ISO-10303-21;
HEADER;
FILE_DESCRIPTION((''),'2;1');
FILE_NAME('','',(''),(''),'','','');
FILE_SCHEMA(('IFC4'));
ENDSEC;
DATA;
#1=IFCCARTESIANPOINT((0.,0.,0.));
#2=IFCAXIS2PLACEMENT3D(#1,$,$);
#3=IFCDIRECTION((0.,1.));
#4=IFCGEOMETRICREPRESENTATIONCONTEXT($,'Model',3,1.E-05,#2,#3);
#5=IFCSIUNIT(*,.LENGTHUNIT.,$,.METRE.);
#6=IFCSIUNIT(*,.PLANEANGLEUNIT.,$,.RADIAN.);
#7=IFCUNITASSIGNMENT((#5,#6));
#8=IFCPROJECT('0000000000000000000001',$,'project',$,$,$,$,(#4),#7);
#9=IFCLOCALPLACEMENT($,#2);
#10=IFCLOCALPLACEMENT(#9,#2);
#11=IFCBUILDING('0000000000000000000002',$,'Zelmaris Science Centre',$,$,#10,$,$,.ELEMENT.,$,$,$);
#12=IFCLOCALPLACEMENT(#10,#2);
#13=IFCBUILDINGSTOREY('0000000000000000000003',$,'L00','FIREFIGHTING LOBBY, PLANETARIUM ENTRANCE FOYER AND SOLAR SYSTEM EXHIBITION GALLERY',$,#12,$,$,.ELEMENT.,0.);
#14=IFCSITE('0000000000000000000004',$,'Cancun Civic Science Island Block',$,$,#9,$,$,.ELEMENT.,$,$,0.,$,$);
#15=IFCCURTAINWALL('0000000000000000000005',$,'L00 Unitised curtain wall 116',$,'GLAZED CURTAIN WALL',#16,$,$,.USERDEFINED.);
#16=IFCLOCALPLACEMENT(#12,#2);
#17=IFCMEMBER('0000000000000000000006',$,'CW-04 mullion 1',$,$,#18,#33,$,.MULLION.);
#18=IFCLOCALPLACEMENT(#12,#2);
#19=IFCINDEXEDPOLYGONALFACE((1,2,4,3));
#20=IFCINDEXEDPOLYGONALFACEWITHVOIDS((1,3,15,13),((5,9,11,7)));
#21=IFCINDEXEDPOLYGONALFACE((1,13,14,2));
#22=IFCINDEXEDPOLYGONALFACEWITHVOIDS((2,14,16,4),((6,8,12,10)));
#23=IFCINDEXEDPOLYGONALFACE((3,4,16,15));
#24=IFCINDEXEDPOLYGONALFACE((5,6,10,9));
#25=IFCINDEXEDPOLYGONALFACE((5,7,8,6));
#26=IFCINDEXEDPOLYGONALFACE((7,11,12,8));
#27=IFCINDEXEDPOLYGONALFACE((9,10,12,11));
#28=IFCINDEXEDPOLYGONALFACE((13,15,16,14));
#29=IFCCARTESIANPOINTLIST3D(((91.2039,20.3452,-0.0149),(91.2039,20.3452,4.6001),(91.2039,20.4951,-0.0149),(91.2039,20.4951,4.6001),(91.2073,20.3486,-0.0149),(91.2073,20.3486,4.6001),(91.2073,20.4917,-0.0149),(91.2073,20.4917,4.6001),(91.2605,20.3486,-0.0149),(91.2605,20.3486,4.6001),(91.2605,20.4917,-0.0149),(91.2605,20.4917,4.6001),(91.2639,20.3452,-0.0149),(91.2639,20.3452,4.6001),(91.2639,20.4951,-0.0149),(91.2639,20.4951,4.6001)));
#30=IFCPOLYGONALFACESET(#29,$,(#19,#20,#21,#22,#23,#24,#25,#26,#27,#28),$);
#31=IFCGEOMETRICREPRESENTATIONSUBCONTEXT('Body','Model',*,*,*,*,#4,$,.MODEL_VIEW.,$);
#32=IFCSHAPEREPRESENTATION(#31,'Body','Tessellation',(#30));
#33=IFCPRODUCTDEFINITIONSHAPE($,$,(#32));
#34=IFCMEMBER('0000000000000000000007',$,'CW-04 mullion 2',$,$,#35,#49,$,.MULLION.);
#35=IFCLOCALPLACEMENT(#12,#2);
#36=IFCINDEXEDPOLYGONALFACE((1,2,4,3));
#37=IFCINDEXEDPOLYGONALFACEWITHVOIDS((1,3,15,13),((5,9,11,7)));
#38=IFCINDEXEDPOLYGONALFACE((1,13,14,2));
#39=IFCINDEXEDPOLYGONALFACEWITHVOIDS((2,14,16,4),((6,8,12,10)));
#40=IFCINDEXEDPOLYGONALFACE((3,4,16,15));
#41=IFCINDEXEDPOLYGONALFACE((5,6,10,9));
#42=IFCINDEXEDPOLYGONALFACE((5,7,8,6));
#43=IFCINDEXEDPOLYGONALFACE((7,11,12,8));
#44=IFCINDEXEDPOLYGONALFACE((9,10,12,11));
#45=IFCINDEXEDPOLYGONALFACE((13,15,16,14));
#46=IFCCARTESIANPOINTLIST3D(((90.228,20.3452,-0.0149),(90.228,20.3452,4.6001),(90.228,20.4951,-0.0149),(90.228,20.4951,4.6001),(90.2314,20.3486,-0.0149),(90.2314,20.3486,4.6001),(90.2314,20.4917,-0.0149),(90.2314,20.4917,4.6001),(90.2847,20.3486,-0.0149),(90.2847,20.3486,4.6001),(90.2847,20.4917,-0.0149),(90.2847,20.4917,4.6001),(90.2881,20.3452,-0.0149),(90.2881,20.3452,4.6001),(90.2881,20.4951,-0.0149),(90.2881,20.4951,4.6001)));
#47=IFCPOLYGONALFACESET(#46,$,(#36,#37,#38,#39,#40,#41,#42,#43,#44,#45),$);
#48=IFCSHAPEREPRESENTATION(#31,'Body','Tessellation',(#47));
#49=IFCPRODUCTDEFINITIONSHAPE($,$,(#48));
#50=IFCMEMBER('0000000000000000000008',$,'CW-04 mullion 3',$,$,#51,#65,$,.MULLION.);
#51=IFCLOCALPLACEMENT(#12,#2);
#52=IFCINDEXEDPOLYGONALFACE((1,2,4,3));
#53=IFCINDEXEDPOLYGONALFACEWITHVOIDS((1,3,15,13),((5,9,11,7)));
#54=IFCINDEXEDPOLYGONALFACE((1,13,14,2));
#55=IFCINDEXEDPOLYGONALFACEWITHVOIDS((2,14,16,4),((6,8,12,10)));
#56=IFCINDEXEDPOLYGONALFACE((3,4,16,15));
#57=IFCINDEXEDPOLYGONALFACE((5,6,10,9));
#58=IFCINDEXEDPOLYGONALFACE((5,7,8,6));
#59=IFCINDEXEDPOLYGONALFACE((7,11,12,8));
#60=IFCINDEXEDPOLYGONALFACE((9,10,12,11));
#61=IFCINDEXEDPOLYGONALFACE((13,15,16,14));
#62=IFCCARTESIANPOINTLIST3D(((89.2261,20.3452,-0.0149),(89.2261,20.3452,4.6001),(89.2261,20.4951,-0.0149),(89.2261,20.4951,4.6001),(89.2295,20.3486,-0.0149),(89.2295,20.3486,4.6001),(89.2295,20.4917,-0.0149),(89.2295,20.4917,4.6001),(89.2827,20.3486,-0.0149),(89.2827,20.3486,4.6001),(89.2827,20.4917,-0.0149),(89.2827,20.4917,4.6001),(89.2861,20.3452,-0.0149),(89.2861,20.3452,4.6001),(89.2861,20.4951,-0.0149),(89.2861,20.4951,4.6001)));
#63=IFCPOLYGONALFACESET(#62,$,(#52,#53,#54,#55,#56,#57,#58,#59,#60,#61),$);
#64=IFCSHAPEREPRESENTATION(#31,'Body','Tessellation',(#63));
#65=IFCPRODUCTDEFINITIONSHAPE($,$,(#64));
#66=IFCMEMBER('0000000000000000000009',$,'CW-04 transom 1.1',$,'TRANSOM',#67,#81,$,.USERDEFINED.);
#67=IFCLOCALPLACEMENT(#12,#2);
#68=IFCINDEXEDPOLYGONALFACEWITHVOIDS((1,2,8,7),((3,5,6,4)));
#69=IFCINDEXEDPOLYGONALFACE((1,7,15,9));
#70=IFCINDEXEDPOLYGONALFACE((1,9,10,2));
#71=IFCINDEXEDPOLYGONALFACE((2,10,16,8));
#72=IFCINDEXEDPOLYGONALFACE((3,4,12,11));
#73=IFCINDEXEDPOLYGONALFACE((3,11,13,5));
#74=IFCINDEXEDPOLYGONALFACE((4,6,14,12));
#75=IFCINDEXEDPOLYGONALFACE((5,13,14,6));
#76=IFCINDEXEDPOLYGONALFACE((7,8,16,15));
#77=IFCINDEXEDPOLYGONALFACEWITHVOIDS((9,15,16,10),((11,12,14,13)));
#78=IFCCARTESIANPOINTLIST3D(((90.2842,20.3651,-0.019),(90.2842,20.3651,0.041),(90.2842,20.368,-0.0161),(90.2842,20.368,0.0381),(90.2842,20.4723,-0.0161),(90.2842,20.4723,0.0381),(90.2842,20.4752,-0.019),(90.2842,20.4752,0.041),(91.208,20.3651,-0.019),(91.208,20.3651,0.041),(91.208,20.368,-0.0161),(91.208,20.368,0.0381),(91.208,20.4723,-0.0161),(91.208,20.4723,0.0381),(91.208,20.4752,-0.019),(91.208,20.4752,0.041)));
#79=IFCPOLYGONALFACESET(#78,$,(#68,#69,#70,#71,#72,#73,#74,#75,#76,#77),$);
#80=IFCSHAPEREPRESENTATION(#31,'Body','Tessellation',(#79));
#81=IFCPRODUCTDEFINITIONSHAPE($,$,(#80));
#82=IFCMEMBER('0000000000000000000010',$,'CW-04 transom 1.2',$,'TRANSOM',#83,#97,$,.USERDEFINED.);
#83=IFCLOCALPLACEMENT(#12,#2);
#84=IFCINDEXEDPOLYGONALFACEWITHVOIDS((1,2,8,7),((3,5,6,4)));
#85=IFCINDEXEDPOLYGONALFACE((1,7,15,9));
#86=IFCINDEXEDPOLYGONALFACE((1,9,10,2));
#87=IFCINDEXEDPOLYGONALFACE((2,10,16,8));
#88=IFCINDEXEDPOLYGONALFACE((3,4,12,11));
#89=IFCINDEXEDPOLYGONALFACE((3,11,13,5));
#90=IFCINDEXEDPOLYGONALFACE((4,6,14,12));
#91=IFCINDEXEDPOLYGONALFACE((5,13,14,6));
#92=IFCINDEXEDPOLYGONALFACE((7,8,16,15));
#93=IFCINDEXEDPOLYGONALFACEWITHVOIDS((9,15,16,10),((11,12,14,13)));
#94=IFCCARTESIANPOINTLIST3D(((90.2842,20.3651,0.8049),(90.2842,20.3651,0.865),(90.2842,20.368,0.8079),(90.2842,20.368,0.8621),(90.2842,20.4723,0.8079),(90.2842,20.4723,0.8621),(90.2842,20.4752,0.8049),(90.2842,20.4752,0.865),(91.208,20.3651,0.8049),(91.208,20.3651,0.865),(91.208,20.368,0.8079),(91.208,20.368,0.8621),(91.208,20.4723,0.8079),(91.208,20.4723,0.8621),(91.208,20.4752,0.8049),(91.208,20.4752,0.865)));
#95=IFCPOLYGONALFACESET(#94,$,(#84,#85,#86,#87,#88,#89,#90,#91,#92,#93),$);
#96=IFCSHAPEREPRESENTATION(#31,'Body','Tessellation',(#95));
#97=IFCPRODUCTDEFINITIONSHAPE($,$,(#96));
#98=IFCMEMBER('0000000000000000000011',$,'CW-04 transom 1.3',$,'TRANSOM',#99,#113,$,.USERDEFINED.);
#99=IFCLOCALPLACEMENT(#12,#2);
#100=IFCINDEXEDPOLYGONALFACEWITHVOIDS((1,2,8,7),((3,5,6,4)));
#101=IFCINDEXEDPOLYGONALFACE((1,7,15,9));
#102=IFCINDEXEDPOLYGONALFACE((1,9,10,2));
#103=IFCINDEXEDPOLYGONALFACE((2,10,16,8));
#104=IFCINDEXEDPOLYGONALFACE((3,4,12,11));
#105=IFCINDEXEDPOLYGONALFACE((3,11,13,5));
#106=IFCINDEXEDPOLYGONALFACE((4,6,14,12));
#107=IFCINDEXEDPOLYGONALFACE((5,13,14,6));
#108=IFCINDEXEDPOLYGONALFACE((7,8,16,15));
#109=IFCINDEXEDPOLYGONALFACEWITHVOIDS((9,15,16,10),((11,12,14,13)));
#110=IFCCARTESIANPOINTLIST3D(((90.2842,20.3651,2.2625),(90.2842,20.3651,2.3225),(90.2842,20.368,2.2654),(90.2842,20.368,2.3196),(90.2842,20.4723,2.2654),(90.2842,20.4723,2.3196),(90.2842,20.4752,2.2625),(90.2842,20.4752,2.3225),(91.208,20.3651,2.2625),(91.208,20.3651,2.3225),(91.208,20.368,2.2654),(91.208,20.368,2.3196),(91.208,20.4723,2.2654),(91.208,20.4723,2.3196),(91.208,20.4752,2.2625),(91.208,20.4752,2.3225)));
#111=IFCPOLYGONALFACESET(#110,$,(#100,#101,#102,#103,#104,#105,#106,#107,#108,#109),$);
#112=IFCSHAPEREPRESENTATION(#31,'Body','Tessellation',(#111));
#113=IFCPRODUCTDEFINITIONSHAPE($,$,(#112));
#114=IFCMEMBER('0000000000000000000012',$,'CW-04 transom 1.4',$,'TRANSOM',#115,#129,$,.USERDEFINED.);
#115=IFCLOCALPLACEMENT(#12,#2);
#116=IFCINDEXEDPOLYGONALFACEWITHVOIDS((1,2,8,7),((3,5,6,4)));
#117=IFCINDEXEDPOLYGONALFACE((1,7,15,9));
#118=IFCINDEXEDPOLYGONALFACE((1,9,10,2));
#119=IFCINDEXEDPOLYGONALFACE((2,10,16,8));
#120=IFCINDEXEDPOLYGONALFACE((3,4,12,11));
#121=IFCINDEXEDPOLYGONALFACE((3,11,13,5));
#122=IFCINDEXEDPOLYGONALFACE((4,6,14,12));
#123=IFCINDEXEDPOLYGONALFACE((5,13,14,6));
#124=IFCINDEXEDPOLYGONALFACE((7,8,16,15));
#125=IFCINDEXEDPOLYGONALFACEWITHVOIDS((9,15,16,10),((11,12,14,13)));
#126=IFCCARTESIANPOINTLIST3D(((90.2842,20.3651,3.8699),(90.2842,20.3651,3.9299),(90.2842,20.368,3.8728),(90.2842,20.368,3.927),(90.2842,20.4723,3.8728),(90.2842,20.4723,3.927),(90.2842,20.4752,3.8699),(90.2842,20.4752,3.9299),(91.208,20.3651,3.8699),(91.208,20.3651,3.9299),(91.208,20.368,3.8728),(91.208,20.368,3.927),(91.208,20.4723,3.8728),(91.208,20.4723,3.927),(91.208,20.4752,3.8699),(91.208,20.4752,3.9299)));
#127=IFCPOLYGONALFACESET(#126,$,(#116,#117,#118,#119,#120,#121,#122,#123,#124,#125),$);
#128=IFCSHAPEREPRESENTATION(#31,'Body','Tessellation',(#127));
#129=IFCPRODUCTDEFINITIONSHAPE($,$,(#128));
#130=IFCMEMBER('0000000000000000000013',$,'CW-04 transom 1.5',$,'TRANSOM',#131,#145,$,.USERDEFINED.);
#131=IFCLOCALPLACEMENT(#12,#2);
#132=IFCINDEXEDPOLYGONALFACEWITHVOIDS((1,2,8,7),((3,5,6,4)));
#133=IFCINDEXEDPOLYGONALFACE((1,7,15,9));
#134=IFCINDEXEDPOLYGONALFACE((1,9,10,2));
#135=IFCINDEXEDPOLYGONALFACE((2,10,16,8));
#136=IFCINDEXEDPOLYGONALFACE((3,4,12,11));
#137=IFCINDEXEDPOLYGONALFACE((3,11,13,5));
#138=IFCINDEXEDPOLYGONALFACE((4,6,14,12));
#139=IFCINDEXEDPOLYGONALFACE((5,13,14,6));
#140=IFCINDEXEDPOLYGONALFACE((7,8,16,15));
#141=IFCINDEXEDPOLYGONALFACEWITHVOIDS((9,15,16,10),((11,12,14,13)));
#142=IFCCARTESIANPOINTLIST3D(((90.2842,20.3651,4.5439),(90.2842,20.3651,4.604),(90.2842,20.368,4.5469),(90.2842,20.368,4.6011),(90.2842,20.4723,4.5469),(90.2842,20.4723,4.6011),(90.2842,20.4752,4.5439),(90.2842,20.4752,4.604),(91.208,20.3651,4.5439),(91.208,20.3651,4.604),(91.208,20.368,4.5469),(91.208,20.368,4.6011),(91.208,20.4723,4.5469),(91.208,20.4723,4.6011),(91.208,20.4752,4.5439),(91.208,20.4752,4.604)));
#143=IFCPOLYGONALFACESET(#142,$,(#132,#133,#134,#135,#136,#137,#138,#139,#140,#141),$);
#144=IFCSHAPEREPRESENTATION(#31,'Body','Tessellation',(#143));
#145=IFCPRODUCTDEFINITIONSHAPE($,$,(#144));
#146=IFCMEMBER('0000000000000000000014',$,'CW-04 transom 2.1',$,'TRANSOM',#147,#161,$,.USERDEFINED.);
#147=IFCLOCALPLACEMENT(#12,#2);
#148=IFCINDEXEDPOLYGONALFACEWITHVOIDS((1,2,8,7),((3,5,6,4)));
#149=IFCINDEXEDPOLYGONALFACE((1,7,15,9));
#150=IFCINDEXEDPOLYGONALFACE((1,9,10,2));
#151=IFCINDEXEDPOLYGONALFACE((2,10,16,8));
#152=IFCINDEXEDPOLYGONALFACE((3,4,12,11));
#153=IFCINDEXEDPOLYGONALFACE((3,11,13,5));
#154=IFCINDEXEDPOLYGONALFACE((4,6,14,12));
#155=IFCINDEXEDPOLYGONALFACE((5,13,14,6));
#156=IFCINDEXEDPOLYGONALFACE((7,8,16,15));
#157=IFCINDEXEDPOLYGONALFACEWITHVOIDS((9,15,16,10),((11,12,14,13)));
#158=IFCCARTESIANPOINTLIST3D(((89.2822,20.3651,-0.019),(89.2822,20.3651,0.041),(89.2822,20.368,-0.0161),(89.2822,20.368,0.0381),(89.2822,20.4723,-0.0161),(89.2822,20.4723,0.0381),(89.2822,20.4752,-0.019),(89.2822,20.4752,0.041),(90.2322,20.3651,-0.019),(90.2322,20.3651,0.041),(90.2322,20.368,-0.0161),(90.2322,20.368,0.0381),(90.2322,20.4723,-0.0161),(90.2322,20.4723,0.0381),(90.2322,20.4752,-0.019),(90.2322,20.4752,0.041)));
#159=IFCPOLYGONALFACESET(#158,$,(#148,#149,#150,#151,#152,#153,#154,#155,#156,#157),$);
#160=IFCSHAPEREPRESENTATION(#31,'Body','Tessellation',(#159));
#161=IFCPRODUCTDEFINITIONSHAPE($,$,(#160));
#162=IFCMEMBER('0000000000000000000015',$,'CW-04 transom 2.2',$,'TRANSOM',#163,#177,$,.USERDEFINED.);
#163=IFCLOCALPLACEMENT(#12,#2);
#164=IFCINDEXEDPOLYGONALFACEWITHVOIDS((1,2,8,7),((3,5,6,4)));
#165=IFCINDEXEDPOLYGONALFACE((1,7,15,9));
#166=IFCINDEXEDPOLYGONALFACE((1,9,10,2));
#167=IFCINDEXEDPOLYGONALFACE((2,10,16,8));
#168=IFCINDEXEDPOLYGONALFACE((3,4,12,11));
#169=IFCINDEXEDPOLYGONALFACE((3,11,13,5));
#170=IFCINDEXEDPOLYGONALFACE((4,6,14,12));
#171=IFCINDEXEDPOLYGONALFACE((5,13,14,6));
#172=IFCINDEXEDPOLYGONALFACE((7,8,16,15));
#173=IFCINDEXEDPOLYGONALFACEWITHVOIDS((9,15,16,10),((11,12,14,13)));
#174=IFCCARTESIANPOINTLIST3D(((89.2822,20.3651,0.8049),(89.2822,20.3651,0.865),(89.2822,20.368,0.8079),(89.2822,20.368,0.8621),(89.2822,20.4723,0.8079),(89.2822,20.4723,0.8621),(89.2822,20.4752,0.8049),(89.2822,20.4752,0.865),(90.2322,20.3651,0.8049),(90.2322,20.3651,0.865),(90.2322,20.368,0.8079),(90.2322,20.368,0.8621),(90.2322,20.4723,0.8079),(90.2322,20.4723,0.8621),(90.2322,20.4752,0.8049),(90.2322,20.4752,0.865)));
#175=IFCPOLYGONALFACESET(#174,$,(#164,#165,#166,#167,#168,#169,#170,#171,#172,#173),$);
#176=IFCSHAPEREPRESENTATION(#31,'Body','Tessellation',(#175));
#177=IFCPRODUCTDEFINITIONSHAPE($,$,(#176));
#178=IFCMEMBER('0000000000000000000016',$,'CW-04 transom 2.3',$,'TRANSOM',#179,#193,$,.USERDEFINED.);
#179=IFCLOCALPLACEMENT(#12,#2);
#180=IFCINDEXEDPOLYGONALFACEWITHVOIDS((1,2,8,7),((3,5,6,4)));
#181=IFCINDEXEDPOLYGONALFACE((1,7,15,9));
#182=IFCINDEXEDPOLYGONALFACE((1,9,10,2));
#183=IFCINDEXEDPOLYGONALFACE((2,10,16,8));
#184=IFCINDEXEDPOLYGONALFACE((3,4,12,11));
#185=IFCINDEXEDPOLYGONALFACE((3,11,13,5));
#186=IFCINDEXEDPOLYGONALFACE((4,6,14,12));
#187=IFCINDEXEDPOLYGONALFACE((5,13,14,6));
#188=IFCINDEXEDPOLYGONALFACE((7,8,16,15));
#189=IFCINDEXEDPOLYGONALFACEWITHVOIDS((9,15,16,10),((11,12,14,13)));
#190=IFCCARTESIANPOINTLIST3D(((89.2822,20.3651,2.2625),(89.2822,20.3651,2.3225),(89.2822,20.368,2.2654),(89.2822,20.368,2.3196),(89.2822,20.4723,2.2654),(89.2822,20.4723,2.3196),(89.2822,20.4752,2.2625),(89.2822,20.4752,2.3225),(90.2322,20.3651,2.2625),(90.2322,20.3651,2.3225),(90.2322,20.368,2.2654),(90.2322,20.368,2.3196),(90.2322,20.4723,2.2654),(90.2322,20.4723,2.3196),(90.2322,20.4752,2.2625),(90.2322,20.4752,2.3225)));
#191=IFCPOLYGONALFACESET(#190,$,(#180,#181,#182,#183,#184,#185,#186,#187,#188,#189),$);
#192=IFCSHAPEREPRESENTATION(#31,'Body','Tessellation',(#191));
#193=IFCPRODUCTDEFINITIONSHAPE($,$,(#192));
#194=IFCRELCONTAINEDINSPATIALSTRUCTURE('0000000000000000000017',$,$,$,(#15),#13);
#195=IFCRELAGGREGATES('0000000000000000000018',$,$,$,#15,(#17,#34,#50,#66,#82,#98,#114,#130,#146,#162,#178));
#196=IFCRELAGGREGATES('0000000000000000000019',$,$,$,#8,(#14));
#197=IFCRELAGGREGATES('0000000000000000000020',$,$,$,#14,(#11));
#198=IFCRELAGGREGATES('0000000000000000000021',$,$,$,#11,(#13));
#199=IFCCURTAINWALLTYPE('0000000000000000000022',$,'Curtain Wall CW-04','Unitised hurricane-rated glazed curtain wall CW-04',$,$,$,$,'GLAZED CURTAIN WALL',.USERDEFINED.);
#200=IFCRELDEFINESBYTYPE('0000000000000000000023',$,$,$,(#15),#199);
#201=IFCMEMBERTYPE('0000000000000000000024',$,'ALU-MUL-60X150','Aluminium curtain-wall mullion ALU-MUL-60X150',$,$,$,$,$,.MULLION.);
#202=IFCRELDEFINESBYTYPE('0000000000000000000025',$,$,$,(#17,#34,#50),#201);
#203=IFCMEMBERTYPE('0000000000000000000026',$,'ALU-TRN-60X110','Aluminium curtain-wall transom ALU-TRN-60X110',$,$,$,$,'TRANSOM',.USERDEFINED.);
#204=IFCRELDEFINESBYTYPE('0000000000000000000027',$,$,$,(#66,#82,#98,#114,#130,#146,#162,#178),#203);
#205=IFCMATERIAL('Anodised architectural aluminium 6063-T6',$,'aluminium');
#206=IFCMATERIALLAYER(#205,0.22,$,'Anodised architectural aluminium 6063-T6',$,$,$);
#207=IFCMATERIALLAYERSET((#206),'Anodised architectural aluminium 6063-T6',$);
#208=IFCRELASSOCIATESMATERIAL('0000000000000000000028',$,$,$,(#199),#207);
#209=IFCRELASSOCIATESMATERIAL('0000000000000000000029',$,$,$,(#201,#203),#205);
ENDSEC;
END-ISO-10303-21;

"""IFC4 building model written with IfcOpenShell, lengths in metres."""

from ifc_helpers import new_model, si_unit, direction, frame, origin, origin_2d, place, context, subcontext, project, spatial, hollow_rectangle, extrude, material, layer, layer_set, material_profile, profile_set, type_object, element, aggregate, save


model = new_model("IFC4")

# Units and contexts
model_context = context("Model", 3, precision=1e-05, world=origin(), true_north=direction((0.0, 1.0)))
body_context = subcontext(model_context, "Body", "Model", "MODEL_VIEW")
ifc_project = project(units=[si_unit("LENGTHUNIT", "METRE"), si_unit("PLANEANGLEUNIT", "RADIAN")], contexts=[model_context])

# Site, building, storey
site_placement = place(None, origin())
site = spatial("IfcSite", under=ifc_project, at=site_placement, Name="Cancun Civic Science Island Block", CompositionType="ELEMENT", RefElevation=0.0)
building_placement = place(site_placement, origin())
building = spatial("IfcBuilding", under=site, at=building_placement, Name="Zelmaris Science Centre", CompositionType="ELEMENT")
storey_placement = place(building_placement, origin())
storey = spatial("IfcBuildingStorey", under=building, at=storey_placement, Name="L00", Description="FIREFIGHTING LOBBY, PLANETARIUM ENTRANCE FOYER AND SOLAR SYSTEM EXHIBITION GALLERY", CompositionType="ELEMENT", Elevation=0.0)

# Curtain wall, members
ifc_material_1 = material(Name="Anodised architectural aluminium 6063-T6", Category="aluminium")
ifc_layer_1 = layer(ifc_material_1, 0.22, Name="Anodised architectural aluminium 6063-T6")
ifc_layer_set_1 = layer_set([ifc_layer_1], Name="Anodised architectural aluminium 6063-T6")
curtain_wall_type_1 = type_object("IfcCurtainWallType", Name="Curtain Wall CW-04", Description="Unitised hurricane-rated glazed curtain wall CW-04", ElementType="GLAZED CURTAIN WALL", PredefinedType="USERDEFINED", material=ifc_layer_set_1)
curtain_wall_1_placement = place(storey_placement, origin())
curtain_wall_1 = element("IfcCurtainWall", 1, at=curtain_wall_1_placement, inside=storey, type_object=curtain_wall_type_1, Name="L00 Unitised curtain wall 116", ObjectType="GLAZED CURTAIN WALL", PredefinedType="USERDEFINED")
ifc_material_profile_1 = material_profile(ifc_material_1, hollow_rectangle(XDim=0.0601, YDim=0.1499, WallThickness=0.0034, at=origin_2d()), Name="ALU-MUL-60X150")
ifc_profile_set_1 = profile_set([ifc_material_profile_1], Name="Anodised architectural aluminium 6063-T6")
member_type_1 = type_object("IfcMemberType", Name="ALU-MUL-60X150", Description="Aluminium curtain-wall mullion ALU-MUL-60X150", PredefinedType="MULLION", material=ifc_profile_set_1)
member_1_placement = place(storey_placement, frame((91.2339, 20.4202, -0.0149), z_axis=(0.0, 0.0, 1.0), x_axis=(-1.0, -0.000003, 0.0)))
member_1 = element("IfcMember", 2, at=member_1_placement, type_object=member_type_1, Name="CW-04 mullion 1", PredefinedType="MULLION", context=body_context, shape_type="SweptSolid", body=[
    extrude(hollow_rectangle(XDim=0.0601, YDim=0.1499, WallThickness=0.0034, at=origin_2d()), origin(), (0.0, 0.0, 1.0), 4.615),
])
member_2_placement = place(storey_placement, frame((90.2581, 20.4202, -0.0149), z_axis=(0.0, 0.0, 1.0), x_axis=(-1.0, -0.000003, 0.0)))
member_2 = element("IfcMember", 3, at=member_2_placement, type_object=member_type_1, Name="CW-04 mullion 2", PredefinedType="MULLION", context=body_context, shape_type="SweptSolid", body=[
    extrude(hollow_rectangle(XDim=0.0601, YDim=0.1499, WallThickness=0.0034, at=origin_2d()), origin(), (0.0, 0.0, 1.0), 4.615),
])
member_3_placement = place(storey_placement, frame((89.2561, 20.4202, -0.0149), z_axis=(0.0, 0.0, 1.0), x_axis=(-1.0, -0.000003, 0.0)))
member_3 = element("IfcMember", 4, at=member_3_placement, type_object=member_type_1, Name="CW-04 mullion 3", PredefinedType="MULLION", context=body_context, shape_type="SweptSolid", body=[
    extrude(hollow_rectangle(XDim=0.0601, YDim=0.1499, WallThickness=0.0034, at=origin_2d()), origin(), (0.0, 0.0, 1.0), 4.615),
])
ifc_material_profile_2 = material_profile(ifc_material_1, hollow_rectangle(XDim=0.0601, YDim=0.1101, WallThickness=0.0029, at=origin_2d()), Name="ALU-TRN-60X110")
ifc_profile_set_2 = profile_set([ifc_material_profile_2], Name="Anodised architectural aluminium 6063-T6")
member_type_2 = type_object("IfcMemberType", Name="ALU-TRN-60X110", Description="Aluminium curtain-wall transom ALU-TRN-60X110", ElementType="TRANSOM", PredefinedType="USERDEFINED", material=ifc_profile_set_2)
member_4_placement = place(storey_placement, frame((91.208, 20.4202, 0.011), z_axis=(-1.0, 0.0, 0.0), x_axis=(0.0, 0.0, 1.0)))
member_4 = element("IfcMember", 5, at=member_4_placement, type_object=member_type_2, Name="CW-04 transom 1.1", ObjectType="TRANSOM", PredefinedType="USERDEFINED", context=body_context, shape_type="SweptSolid", body=[
    extrude(hollow_rectangle(XDim=0.0601, YDim=0.1101, WallThickness=0.0029, at=origin_2d()), origin(), (0.0, 0.0, 1.0), 0.9238),
])
member_5_placement = place(storey_placement, frame((91.208, 20.4202, 0.835), z_axis=(-1.0, 0.0, 0.0), x_axis=(0.0, 0.0, 1.0)))
member_5 = element("IfcMember", 6, at=member_5_placement, type_object=member_type_2, Name="CW-04 transom 1.2", ObjectType="TRANSOM", PredefinedType="USERDEFINED", context=body_context, shape_type="SweptSolid", body=[
    extrude(hollow_rectangle(XDim=0.0601, YDim=0.1101, WallThickness=0.0029, at=origin_2d()), origin(), (0.0, 0.0, 1.0), 0.9238),
])
member_6_placement = place(storey_placement, frame((91.208, 20.4202, 2.2925), z_axis=(-1.0, 0.0, 0.0), x_axis=(0.0, 0.0, 1.0)))
member_6 = element("IfcMember", 7, at=member_6_placement, type_object=member_type_2, Name="CW-04 transom 1.3", ObjectType="TRANSOM", PredefinedType="USERDEFINED", context=body_context, shape_type="SweptSolid", body=[
    extrude(hollow_rectangle(XDim=0.0601, YDim=0.1101, WallThickness=0.0029, at=origin_2d()), origin(), (0.0, 0.0, 1.0), 0.9238),
])
member_7_placement = place(storey_placement, frame((91.208, 20.4202, 3.8999), z_axis=(-1.0, 0.0, 0.0), x_axis=(0.0, 0.0, 1.0)))
member_7 = element("IfcMember", 8, at=member_7_placement, type_object=member_type_2, Name="CW-04 transom 1.4", ObjectType="TRANSOM", PredefinedType="USERDEFINED", context=body_context, shape_type="SweptSolid", body=[
    extrude(hollow_rectangle(XDim=0.0601, YDim=0.1101, WallThickness=0.0029, at=origin_2d()), origin(), (0.0, 0.0, 1.0), 0.9238),
])
member_8_placement = place(storey_placement, frame((91.208, 20.4202, 4.574), z_axis=(-1.0, 0.0, 0.0), x_axis=(0.0, 0.0, 1.0)))
member_8 = element("IfcMember", 9, at=member_8_placement, type_object=member_type_2, Name="CW-04 transom 1.5", ObjectType="TRANSOM", PredefinedType="USERDEFINED", context=body_context, shape_type="SweptSolid", body=[
    extrude(hollow_rectangle(XDim=0.0601, YDim=0.1101, WallThickness=0.0029, at=origin_2d()), origin(), (0.0, 0.0, 1.0), 0.9238),
])
member_9_placement = place(storey_placement, frame((90.2322, 20.4202, 0.011), z_axis=(-1.0, 0.0, 0.0), x_axis=(0.0, 0.0, 1.0)))
member_9 = element("IfcMember", 10, at=member_9_placement, type_object=member_type_2, Name="CW-04 transom 2.1", ObjectType="TRANSOM", PredefinedType="USERDEFINED", context=body_context, shape_type="SweptSolid", body=[
    extrude(hollow_rectangle(XDim=0.0601, YDim=0.1101, WallThickness=0.0029, at=origin_2d()), origin(), (0.0, 0.0, 1.0), 0.95),
])
member_10_placement = place(storey_placement, frame((90.2322, 20.4202, 0.835), z_axis=(-1.0, 0.0, 0.0), x_axis=(0.0, 0.0, 1.0)))
member_10 = element("IfcMember", 11, at=member_10_placement, type_object=member_type_2, Name="CW-04 transom 2.2", ObjectType="TRANSOM", PredefinedType="USERDEFINED", context=body_context, shape_type="SweptSolid", body=[
    extrude(hollow_rectangle(XDim=0.0601, YDim=0.1101, WallThickness=0.0029, at=origin_2d()), origin(), (0.0, 0.0, 1.0), 0.95),
])
member_11_placement = place(storey_placement, frame((90.2322, 20.4202, 2.2925), z_axis=(-1.0, 0.0, 0.0), x_axis=(0.0, 0.0, 1.0)))
member_11 = element("IfcMember", 12, at=member_11_placement, type_object=member_type_2, Name="CW-04 transom 2.3", ObjectType="TRANSOM", PredefinedType="USERDEFINED", context=body_context, shape_type="SweptSolid", body=[
    extrude(hollow_rectangle(XDim=0.0601, YDim=0.1101, WallThickness=0.0029, at=origin_2d()), origin(), (0.0, 0.0, 1.0), 0.95),
])

aggregate(curtain_wall_1, [member_1, member_2, member_3, member_4, member_5, member_6, member_7, member_8, member_9, member_10, member_11])

save(model, "model.ifc")
